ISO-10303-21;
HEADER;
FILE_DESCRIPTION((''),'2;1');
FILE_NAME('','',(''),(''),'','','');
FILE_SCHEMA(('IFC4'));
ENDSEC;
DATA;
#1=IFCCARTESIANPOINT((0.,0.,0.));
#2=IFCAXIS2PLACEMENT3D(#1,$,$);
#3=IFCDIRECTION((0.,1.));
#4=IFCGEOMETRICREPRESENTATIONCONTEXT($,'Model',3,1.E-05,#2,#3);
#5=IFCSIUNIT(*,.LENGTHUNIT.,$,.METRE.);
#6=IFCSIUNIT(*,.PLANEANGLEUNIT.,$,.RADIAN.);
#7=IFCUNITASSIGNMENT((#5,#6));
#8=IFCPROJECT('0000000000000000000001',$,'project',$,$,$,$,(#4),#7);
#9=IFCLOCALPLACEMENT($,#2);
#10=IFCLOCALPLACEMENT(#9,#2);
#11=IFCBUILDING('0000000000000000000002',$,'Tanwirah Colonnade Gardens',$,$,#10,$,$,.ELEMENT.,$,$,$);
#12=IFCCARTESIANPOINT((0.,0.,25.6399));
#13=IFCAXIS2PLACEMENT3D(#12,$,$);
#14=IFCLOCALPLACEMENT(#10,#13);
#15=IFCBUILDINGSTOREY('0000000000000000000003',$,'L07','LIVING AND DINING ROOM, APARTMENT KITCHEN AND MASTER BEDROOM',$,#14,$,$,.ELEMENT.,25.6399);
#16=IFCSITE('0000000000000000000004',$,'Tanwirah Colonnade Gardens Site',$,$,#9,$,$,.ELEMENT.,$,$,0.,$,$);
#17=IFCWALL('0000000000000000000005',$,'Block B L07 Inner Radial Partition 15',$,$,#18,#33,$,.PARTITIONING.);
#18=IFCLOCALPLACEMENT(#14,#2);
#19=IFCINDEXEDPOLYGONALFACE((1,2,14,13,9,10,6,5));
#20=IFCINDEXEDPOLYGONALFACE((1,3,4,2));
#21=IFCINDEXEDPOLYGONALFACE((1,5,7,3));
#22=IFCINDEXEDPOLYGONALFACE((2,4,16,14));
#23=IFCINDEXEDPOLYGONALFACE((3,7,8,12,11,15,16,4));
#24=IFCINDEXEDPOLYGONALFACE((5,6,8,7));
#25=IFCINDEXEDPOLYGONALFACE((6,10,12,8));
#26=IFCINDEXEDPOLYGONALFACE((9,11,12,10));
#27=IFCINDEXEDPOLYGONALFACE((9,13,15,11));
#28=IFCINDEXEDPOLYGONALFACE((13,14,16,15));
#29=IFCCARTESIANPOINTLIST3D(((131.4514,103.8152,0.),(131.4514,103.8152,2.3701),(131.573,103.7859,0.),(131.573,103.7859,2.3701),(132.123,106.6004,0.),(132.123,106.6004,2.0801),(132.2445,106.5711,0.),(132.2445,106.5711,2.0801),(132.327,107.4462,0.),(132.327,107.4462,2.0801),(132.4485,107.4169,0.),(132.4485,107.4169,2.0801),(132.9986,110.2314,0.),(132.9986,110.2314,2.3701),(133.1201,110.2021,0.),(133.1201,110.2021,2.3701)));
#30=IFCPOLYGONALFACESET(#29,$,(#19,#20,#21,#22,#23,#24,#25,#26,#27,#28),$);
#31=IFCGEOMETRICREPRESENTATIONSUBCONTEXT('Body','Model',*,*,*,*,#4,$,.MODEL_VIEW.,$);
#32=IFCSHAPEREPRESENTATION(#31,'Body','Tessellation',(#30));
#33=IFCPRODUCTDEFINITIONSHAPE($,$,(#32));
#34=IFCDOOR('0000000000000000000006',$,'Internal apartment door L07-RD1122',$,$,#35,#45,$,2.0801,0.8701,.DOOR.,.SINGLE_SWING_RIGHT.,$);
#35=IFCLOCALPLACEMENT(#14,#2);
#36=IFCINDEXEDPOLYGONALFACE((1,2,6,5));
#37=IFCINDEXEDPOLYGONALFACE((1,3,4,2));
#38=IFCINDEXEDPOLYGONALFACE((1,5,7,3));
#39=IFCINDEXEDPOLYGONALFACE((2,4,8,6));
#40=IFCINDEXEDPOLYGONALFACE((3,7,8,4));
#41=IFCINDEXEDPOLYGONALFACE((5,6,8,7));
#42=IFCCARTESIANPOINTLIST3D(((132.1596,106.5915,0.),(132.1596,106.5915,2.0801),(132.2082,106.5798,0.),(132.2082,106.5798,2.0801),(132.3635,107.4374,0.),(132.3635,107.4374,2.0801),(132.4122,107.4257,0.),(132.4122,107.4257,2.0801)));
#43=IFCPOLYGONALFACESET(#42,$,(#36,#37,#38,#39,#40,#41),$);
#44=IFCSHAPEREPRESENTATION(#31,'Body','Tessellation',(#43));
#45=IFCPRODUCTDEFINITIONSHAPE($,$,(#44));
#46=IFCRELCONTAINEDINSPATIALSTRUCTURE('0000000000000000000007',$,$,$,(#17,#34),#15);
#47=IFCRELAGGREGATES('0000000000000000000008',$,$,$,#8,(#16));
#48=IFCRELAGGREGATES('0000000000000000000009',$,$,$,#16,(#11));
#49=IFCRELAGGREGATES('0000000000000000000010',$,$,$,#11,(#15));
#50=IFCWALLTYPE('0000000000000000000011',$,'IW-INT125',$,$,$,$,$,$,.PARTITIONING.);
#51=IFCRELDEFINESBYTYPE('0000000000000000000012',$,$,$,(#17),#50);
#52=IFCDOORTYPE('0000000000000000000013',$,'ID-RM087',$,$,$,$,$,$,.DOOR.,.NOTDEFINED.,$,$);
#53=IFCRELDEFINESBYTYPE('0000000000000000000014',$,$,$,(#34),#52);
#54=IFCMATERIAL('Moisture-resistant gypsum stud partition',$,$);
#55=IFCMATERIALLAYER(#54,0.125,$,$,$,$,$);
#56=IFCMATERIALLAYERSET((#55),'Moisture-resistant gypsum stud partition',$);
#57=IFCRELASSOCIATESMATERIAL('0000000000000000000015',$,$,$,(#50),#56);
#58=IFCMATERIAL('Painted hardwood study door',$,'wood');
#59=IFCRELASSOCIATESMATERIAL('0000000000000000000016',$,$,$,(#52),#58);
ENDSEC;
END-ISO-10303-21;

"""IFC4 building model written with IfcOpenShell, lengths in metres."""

from ifc_helpers import new_model, si_unit, direction, frame, frame_2d, origin, place, context, subcontext, project, spatial, rectangle, extrude, material, layer, layer_set, type_object, element, fill, save


model = new_model("IFC4")

# Units and contexts
model_context = context("Model", 3, precision=1e-05, world=origin(), true_north=direction((0.0, 1.0)))
body_context = subcontext(model_context, "Body", "Model", "MODEL_VIEW")
ifc_project = project(units=[si_unit("LENGTHUNIT", "METRE"), si_unit("PLANEANGLEUNIT", "RADIAN")], contexts=[model_context])

# Site, building, storey
site_placement = place(None, origin())
site = spatial("IfcSite", under=ifc_project, at=site_placement, Name="Tanwirah Colonnade Gardens Site", CompositionType="ELEMENT", RefElevation=0.0)
building_placement = place(site_placement, origin())
building = spatial("IfcBuilding", under=site, at=building_placement, Name="Tanwirah Colonnade Gardens", CompositionType="ELEMENT")
storey_placement = place(building_placement, frame((0.0, 0.0, 25.6399)))
storey = spatial("IfcBuildingStorey", under=building, at=storey_placement, Name="L07", Description="LIVING AND DINING ROOM, APARTMENT KITCHEN AND MASTER BEDROOM", CompositionType="ELEMENT", Elevation=25.6399)

# Wall, opening, door
ifc_material_1 = material(Name="Moisture-resistant gypsum stud partition")
ifc_layer_1 = layer(ifc_material_1, 0.125)
ifc_layer_set_1 = layer_set([ifc_layer_1], Name="Moisture-resistant gypsum stud partition")
wall_type_1 = type_object("IfcWallType", Name="IW-INT125", PredefinedType="PARTITIONING", material=ifc_layer_set_1)
wall_1_placement = place(storey_placement, frame((131.5122, 103.8005, 0.0), z_axis=(0.0, 0.0, 1.0), x_axis=(0.234407, 0.972139, 0.0)))
wall_1 = element("IfcWall", 1, at=wall_1_placement, inside=storey, type_object=wall_type_1, Name="Block B L07 Inner Radial Partition 15", PredefinedType="PARTITIONING", context=body_context, shape_type="SweptSolid", body=[
    extrude(rectangle(XDim=6.6001, YDim=0.125, at=frame_2d((3.3, 0.0))), origin(), (0.0, 0.0, 1.0), 2.3701),
])
opening_1_placement = place(wall_1_placement, frame((2.865, 0.0, 0.0)))
opening_1 = element("IfcOpeningElement", 2, at=opening_1_placement, cuts=wall_1, PredefinedType="OPENING", context=body_context, shape_type="SweptSolid", body=[
    extrude(rectangle(XDim=0.8701, YDim=2.0801, at=frame_2d((0.4351, 1.04))), frame((0.0, 0.0725, 0.0), z_axis=(0.0, -1.0, 0.0), x_axis=(1.0, 0.0, 0.0)), (0.0, 0.0, 1.0), 0.145),
])
ifc_material_2 = material(Name="Painted hardwood study door", Category="wood")
door_type_1 = type_object("IfcDoorType", Name="ID-RM087", OperationType="NOTDEFINED", PredefinedType="DOOR", material=ifc_material_2)
door_1_placement = place(opening_1_placement, origin())
door_1 = element("IfcDoor", 3, at=door_1_placement, inside=storey, type_object=door_type_1, Name="Internal apartment door L07-RD1122", OperationType="SINGLE_SWING_RIGHT", OverallHeight=2.0801, OverallWidth=0.8701, PredefinedType="DOOR", context=body_context, shape_type="SweptSolid", body=[
    extrude(rectangle(XDim=0.8701, YDim=2.0801, at=frame_2d((0.4351, 1.04))), frame((0.0, 0.0249, 0.0), z_axis=(0.0, -1.0, 0.0), x_axis=(1.0, 0.0, 0.0)), (0.0, 0.0, 1.0), 0.05),
])
fill(opening_1, door_1)

save(model, "model.ifc")
